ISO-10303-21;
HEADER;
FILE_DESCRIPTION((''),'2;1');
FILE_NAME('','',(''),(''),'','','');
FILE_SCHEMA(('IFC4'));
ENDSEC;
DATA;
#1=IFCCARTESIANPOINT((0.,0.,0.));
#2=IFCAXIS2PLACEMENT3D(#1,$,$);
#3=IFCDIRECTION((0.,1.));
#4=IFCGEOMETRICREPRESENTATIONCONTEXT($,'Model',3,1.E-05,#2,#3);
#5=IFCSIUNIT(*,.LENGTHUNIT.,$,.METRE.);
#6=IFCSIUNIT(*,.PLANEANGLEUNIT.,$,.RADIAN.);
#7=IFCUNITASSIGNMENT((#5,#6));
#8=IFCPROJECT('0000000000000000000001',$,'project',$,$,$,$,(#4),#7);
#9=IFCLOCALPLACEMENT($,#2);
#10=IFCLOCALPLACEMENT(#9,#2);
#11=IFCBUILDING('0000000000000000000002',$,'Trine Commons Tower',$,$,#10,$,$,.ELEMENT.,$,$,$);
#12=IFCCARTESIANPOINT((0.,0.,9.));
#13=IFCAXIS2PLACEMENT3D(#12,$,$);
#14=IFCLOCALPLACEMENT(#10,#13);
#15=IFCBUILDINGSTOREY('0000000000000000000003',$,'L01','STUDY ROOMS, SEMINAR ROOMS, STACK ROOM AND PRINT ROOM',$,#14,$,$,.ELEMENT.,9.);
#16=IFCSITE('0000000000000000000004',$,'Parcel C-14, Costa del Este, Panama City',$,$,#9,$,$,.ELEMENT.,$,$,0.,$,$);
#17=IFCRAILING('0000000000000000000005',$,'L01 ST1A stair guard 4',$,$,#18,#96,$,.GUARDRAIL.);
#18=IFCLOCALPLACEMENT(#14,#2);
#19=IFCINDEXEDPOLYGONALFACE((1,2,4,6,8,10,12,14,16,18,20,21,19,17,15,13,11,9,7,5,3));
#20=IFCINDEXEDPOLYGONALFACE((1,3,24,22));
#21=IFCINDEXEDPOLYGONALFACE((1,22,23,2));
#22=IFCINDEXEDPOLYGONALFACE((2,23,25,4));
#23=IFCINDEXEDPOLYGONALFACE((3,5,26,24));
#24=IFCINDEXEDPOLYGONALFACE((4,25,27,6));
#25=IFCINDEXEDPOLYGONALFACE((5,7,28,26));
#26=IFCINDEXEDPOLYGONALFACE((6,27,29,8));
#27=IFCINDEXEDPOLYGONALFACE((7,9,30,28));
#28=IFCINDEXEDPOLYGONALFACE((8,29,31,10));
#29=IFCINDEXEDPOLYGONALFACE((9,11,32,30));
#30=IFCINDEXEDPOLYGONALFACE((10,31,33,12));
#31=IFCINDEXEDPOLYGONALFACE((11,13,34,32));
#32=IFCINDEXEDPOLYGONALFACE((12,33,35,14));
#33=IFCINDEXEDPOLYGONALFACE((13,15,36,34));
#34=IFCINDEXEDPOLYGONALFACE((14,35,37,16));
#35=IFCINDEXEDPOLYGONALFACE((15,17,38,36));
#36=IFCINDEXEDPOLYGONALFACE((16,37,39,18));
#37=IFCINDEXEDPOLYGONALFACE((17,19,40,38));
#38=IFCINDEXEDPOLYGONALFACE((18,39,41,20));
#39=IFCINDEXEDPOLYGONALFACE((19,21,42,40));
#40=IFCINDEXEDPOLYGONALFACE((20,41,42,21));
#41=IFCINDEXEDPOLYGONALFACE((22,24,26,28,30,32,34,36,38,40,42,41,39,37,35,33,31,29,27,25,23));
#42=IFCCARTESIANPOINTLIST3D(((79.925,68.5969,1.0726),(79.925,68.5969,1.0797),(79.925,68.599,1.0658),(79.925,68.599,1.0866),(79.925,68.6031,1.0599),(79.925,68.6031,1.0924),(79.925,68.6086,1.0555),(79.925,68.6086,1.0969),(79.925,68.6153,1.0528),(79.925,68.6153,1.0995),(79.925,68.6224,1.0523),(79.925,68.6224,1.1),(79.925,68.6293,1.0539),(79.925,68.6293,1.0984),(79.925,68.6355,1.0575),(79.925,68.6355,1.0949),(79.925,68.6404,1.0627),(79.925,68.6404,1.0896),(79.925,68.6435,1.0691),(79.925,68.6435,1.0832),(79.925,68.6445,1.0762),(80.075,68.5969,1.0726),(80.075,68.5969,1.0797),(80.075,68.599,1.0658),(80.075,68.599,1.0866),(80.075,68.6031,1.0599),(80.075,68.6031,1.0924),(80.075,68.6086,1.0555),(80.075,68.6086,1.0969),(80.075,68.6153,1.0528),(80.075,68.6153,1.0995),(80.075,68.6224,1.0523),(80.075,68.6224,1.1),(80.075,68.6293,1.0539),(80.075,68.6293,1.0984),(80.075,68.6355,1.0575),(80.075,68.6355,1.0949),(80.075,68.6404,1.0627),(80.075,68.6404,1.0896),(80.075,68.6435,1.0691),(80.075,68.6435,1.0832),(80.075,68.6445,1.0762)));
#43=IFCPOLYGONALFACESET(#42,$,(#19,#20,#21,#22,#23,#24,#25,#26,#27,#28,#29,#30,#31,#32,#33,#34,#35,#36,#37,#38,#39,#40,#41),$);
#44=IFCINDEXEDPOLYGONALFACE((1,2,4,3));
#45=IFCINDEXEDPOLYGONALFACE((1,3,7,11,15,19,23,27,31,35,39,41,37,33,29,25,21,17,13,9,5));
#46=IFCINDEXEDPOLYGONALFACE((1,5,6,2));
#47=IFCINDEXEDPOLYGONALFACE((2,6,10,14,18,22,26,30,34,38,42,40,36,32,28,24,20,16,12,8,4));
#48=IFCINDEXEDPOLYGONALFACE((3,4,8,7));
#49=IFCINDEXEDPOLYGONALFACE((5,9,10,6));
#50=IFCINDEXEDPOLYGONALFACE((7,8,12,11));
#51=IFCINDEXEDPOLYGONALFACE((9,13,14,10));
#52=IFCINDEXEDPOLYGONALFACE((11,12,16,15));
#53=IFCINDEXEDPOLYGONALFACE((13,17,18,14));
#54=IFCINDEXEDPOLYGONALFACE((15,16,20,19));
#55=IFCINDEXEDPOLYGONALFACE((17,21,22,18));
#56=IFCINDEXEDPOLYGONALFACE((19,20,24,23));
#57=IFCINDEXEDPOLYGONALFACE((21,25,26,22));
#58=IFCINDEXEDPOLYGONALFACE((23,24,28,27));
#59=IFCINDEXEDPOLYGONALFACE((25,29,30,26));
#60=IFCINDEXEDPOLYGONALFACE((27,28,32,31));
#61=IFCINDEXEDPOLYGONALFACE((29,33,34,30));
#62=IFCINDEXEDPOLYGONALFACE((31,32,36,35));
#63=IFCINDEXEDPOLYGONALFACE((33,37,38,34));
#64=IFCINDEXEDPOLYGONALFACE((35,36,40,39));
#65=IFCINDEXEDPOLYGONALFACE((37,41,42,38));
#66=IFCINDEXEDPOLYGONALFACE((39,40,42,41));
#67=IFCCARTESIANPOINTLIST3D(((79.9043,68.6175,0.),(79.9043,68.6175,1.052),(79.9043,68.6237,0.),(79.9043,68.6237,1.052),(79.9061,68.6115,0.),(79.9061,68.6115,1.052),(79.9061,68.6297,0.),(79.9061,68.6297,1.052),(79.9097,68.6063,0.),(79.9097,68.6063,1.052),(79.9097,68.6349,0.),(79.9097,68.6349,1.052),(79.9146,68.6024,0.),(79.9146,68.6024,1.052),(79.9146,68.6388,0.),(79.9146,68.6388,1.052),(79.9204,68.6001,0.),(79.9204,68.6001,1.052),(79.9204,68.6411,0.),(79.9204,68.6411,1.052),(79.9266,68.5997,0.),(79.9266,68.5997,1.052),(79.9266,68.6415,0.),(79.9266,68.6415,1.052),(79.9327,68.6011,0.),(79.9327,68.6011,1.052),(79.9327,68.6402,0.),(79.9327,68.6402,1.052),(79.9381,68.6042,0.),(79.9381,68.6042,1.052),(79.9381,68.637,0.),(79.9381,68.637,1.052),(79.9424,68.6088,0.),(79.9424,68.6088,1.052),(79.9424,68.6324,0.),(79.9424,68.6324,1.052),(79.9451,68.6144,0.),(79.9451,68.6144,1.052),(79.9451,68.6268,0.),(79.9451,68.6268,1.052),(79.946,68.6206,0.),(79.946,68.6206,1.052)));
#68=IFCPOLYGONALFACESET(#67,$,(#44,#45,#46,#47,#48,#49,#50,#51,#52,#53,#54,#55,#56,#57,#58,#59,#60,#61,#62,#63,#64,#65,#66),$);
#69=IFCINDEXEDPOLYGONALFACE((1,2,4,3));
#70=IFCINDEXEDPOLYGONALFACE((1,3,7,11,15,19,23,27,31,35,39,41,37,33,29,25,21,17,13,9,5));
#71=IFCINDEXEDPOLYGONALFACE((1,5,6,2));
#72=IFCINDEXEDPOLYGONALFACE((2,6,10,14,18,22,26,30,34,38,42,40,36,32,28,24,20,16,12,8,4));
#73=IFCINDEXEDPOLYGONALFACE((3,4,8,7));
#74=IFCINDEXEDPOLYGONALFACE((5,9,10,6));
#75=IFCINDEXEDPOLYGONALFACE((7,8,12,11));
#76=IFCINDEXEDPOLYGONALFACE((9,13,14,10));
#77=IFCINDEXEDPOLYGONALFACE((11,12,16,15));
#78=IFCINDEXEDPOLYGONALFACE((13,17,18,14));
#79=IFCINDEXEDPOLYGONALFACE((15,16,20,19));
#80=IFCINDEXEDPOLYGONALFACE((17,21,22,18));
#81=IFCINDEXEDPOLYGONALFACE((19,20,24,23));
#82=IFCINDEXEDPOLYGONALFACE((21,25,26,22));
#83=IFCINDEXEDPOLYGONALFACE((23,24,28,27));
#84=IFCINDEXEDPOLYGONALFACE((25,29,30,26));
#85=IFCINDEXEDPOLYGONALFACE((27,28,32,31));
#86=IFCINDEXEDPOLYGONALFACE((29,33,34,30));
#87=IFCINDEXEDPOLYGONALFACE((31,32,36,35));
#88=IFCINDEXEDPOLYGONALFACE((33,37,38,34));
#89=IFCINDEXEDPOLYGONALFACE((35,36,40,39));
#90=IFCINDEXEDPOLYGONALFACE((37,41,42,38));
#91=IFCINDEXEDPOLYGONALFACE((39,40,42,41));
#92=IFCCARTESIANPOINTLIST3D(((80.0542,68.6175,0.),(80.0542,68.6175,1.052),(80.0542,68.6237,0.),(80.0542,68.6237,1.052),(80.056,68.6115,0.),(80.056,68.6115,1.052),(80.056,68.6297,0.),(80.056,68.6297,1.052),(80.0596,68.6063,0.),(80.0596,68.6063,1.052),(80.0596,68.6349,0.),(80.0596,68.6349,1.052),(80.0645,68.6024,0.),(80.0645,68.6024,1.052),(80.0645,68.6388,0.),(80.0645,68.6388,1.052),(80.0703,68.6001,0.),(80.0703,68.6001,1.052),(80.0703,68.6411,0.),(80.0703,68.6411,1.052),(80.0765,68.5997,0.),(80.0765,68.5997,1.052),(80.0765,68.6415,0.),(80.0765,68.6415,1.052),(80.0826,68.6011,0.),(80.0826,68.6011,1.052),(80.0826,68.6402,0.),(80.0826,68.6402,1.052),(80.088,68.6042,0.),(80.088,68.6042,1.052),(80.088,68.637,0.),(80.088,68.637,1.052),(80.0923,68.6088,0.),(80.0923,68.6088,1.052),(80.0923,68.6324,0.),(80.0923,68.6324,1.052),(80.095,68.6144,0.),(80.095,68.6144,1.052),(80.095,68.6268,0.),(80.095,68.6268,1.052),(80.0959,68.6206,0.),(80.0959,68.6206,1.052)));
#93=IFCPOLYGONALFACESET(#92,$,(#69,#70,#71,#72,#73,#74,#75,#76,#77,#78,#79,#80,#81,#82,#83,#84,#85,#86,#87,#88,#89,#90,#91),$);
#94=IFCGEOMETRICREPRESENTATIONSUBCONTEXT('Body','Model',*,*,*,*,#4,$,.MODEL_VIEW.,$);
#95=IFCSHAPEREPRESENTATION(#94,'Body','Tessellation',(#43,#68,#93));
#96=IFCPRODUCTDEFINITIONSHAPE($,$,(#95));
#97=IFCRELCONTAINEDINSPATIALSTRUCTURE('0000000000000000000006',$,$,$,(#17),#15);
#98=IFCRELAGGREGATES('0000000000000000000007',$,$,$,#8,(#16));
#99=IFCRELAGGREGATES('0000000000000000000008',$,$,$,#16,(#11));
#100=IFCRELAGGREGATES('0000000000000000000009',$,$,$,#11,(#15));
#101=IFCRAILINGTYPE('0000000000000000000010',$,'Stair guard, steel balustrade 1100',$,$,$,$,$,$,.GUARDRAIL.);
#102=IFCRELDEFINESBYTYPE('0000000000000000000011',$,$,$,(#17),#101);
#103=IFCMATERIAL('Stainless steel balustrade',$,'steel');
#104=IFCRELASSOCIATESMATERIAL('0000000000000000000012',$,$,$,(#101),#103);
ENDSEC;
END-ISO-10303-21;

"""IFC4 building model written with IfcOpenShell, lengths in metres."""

from ifc_helpers import new_model, si_unit, direction, frame, origin, origin_2d, place, context, subcontext, project, spatial, circle, extrude, material, type_object, element, save


model = new_model("IFC4")

# Units and contexts
model_context = context("Model", 3, precision=1e-05, world=origin(), true_north=direction((0.0, 1.0)))
body_context = subcontext(model_context, "Body", "Model", "MODEL_VIEW")
ifc_project = project(units=[si_unit("LENGTHUNIT", "METRE"), si_unit("PLANEANGLEUNIT", "RADIAN")], contexts=[model_context])

# Site, building, storey
site_placement = place(None, origin())
site = spatial("IfcSite", under=ifc_project, at=site_placement, Name="Parcel C-14, Costa del Este, Panama City", CompositionType="ELEMENT", RefElevation=0.0)
building_placement = place(site_placement, origin())
building = spatial("IfcBuilding", under=site, at=building_placement, Name="Trine Commons Tower", CompositionType="ELEMENT")
storey_placement = place(building_placement, frame((0.0, 0.0, 9.0)))
storey = spatial("IfcBuildingStorey", under=building, at=storey_placement, Name="L01", Description="STUDY ROOMS, SEMINAR ROOMS, STACK ROOM AND PRINT ROOM", CompositionType="ELEMENT", Elevation=9.0)

# Railing
ifc_material_1 = material(Name="Stainless steel balustrade", Category="steel")
railing_type_1 = type_object("IfcRailingType", Name="Stair guard, steel balustrade 1100", PredefinedType="GUARDRAIL", material=ifc_material_1)
railing_1_placement = place(storey_placement, frame((79.925, 68.6206, 0.0)))
element("IfcRailing", 1, at=railing_1_placement, inside=storey, type_object=railing_type_1, Name="L01 ST1A stair guard 4", PredefinedType="GUARDRAIL", context=body_context, shape_type="SweptSolid", body=[
    extrude(circle(Radius=0.0239, at=origin_2d()), frame((0.0, 0.0, 1.0762), z_axis=(1.0, 0.0, 0.0), x_axis=(0.0, 1.0, 0.0)), (0.0, 0.0, 1.0), 0.1499),
    extrude(circle(Radius=0.021, at=origin_2d()), origin(), (0.0, 0.0, 1.0), 1.052),
    extrude(circle(Radius=0.021, at=origin_2d()), frame((0.1499, 0.0, 0.0)), (0.0, 0.0, 1.0), 1.052),
])

save(model, "model.ifc")
